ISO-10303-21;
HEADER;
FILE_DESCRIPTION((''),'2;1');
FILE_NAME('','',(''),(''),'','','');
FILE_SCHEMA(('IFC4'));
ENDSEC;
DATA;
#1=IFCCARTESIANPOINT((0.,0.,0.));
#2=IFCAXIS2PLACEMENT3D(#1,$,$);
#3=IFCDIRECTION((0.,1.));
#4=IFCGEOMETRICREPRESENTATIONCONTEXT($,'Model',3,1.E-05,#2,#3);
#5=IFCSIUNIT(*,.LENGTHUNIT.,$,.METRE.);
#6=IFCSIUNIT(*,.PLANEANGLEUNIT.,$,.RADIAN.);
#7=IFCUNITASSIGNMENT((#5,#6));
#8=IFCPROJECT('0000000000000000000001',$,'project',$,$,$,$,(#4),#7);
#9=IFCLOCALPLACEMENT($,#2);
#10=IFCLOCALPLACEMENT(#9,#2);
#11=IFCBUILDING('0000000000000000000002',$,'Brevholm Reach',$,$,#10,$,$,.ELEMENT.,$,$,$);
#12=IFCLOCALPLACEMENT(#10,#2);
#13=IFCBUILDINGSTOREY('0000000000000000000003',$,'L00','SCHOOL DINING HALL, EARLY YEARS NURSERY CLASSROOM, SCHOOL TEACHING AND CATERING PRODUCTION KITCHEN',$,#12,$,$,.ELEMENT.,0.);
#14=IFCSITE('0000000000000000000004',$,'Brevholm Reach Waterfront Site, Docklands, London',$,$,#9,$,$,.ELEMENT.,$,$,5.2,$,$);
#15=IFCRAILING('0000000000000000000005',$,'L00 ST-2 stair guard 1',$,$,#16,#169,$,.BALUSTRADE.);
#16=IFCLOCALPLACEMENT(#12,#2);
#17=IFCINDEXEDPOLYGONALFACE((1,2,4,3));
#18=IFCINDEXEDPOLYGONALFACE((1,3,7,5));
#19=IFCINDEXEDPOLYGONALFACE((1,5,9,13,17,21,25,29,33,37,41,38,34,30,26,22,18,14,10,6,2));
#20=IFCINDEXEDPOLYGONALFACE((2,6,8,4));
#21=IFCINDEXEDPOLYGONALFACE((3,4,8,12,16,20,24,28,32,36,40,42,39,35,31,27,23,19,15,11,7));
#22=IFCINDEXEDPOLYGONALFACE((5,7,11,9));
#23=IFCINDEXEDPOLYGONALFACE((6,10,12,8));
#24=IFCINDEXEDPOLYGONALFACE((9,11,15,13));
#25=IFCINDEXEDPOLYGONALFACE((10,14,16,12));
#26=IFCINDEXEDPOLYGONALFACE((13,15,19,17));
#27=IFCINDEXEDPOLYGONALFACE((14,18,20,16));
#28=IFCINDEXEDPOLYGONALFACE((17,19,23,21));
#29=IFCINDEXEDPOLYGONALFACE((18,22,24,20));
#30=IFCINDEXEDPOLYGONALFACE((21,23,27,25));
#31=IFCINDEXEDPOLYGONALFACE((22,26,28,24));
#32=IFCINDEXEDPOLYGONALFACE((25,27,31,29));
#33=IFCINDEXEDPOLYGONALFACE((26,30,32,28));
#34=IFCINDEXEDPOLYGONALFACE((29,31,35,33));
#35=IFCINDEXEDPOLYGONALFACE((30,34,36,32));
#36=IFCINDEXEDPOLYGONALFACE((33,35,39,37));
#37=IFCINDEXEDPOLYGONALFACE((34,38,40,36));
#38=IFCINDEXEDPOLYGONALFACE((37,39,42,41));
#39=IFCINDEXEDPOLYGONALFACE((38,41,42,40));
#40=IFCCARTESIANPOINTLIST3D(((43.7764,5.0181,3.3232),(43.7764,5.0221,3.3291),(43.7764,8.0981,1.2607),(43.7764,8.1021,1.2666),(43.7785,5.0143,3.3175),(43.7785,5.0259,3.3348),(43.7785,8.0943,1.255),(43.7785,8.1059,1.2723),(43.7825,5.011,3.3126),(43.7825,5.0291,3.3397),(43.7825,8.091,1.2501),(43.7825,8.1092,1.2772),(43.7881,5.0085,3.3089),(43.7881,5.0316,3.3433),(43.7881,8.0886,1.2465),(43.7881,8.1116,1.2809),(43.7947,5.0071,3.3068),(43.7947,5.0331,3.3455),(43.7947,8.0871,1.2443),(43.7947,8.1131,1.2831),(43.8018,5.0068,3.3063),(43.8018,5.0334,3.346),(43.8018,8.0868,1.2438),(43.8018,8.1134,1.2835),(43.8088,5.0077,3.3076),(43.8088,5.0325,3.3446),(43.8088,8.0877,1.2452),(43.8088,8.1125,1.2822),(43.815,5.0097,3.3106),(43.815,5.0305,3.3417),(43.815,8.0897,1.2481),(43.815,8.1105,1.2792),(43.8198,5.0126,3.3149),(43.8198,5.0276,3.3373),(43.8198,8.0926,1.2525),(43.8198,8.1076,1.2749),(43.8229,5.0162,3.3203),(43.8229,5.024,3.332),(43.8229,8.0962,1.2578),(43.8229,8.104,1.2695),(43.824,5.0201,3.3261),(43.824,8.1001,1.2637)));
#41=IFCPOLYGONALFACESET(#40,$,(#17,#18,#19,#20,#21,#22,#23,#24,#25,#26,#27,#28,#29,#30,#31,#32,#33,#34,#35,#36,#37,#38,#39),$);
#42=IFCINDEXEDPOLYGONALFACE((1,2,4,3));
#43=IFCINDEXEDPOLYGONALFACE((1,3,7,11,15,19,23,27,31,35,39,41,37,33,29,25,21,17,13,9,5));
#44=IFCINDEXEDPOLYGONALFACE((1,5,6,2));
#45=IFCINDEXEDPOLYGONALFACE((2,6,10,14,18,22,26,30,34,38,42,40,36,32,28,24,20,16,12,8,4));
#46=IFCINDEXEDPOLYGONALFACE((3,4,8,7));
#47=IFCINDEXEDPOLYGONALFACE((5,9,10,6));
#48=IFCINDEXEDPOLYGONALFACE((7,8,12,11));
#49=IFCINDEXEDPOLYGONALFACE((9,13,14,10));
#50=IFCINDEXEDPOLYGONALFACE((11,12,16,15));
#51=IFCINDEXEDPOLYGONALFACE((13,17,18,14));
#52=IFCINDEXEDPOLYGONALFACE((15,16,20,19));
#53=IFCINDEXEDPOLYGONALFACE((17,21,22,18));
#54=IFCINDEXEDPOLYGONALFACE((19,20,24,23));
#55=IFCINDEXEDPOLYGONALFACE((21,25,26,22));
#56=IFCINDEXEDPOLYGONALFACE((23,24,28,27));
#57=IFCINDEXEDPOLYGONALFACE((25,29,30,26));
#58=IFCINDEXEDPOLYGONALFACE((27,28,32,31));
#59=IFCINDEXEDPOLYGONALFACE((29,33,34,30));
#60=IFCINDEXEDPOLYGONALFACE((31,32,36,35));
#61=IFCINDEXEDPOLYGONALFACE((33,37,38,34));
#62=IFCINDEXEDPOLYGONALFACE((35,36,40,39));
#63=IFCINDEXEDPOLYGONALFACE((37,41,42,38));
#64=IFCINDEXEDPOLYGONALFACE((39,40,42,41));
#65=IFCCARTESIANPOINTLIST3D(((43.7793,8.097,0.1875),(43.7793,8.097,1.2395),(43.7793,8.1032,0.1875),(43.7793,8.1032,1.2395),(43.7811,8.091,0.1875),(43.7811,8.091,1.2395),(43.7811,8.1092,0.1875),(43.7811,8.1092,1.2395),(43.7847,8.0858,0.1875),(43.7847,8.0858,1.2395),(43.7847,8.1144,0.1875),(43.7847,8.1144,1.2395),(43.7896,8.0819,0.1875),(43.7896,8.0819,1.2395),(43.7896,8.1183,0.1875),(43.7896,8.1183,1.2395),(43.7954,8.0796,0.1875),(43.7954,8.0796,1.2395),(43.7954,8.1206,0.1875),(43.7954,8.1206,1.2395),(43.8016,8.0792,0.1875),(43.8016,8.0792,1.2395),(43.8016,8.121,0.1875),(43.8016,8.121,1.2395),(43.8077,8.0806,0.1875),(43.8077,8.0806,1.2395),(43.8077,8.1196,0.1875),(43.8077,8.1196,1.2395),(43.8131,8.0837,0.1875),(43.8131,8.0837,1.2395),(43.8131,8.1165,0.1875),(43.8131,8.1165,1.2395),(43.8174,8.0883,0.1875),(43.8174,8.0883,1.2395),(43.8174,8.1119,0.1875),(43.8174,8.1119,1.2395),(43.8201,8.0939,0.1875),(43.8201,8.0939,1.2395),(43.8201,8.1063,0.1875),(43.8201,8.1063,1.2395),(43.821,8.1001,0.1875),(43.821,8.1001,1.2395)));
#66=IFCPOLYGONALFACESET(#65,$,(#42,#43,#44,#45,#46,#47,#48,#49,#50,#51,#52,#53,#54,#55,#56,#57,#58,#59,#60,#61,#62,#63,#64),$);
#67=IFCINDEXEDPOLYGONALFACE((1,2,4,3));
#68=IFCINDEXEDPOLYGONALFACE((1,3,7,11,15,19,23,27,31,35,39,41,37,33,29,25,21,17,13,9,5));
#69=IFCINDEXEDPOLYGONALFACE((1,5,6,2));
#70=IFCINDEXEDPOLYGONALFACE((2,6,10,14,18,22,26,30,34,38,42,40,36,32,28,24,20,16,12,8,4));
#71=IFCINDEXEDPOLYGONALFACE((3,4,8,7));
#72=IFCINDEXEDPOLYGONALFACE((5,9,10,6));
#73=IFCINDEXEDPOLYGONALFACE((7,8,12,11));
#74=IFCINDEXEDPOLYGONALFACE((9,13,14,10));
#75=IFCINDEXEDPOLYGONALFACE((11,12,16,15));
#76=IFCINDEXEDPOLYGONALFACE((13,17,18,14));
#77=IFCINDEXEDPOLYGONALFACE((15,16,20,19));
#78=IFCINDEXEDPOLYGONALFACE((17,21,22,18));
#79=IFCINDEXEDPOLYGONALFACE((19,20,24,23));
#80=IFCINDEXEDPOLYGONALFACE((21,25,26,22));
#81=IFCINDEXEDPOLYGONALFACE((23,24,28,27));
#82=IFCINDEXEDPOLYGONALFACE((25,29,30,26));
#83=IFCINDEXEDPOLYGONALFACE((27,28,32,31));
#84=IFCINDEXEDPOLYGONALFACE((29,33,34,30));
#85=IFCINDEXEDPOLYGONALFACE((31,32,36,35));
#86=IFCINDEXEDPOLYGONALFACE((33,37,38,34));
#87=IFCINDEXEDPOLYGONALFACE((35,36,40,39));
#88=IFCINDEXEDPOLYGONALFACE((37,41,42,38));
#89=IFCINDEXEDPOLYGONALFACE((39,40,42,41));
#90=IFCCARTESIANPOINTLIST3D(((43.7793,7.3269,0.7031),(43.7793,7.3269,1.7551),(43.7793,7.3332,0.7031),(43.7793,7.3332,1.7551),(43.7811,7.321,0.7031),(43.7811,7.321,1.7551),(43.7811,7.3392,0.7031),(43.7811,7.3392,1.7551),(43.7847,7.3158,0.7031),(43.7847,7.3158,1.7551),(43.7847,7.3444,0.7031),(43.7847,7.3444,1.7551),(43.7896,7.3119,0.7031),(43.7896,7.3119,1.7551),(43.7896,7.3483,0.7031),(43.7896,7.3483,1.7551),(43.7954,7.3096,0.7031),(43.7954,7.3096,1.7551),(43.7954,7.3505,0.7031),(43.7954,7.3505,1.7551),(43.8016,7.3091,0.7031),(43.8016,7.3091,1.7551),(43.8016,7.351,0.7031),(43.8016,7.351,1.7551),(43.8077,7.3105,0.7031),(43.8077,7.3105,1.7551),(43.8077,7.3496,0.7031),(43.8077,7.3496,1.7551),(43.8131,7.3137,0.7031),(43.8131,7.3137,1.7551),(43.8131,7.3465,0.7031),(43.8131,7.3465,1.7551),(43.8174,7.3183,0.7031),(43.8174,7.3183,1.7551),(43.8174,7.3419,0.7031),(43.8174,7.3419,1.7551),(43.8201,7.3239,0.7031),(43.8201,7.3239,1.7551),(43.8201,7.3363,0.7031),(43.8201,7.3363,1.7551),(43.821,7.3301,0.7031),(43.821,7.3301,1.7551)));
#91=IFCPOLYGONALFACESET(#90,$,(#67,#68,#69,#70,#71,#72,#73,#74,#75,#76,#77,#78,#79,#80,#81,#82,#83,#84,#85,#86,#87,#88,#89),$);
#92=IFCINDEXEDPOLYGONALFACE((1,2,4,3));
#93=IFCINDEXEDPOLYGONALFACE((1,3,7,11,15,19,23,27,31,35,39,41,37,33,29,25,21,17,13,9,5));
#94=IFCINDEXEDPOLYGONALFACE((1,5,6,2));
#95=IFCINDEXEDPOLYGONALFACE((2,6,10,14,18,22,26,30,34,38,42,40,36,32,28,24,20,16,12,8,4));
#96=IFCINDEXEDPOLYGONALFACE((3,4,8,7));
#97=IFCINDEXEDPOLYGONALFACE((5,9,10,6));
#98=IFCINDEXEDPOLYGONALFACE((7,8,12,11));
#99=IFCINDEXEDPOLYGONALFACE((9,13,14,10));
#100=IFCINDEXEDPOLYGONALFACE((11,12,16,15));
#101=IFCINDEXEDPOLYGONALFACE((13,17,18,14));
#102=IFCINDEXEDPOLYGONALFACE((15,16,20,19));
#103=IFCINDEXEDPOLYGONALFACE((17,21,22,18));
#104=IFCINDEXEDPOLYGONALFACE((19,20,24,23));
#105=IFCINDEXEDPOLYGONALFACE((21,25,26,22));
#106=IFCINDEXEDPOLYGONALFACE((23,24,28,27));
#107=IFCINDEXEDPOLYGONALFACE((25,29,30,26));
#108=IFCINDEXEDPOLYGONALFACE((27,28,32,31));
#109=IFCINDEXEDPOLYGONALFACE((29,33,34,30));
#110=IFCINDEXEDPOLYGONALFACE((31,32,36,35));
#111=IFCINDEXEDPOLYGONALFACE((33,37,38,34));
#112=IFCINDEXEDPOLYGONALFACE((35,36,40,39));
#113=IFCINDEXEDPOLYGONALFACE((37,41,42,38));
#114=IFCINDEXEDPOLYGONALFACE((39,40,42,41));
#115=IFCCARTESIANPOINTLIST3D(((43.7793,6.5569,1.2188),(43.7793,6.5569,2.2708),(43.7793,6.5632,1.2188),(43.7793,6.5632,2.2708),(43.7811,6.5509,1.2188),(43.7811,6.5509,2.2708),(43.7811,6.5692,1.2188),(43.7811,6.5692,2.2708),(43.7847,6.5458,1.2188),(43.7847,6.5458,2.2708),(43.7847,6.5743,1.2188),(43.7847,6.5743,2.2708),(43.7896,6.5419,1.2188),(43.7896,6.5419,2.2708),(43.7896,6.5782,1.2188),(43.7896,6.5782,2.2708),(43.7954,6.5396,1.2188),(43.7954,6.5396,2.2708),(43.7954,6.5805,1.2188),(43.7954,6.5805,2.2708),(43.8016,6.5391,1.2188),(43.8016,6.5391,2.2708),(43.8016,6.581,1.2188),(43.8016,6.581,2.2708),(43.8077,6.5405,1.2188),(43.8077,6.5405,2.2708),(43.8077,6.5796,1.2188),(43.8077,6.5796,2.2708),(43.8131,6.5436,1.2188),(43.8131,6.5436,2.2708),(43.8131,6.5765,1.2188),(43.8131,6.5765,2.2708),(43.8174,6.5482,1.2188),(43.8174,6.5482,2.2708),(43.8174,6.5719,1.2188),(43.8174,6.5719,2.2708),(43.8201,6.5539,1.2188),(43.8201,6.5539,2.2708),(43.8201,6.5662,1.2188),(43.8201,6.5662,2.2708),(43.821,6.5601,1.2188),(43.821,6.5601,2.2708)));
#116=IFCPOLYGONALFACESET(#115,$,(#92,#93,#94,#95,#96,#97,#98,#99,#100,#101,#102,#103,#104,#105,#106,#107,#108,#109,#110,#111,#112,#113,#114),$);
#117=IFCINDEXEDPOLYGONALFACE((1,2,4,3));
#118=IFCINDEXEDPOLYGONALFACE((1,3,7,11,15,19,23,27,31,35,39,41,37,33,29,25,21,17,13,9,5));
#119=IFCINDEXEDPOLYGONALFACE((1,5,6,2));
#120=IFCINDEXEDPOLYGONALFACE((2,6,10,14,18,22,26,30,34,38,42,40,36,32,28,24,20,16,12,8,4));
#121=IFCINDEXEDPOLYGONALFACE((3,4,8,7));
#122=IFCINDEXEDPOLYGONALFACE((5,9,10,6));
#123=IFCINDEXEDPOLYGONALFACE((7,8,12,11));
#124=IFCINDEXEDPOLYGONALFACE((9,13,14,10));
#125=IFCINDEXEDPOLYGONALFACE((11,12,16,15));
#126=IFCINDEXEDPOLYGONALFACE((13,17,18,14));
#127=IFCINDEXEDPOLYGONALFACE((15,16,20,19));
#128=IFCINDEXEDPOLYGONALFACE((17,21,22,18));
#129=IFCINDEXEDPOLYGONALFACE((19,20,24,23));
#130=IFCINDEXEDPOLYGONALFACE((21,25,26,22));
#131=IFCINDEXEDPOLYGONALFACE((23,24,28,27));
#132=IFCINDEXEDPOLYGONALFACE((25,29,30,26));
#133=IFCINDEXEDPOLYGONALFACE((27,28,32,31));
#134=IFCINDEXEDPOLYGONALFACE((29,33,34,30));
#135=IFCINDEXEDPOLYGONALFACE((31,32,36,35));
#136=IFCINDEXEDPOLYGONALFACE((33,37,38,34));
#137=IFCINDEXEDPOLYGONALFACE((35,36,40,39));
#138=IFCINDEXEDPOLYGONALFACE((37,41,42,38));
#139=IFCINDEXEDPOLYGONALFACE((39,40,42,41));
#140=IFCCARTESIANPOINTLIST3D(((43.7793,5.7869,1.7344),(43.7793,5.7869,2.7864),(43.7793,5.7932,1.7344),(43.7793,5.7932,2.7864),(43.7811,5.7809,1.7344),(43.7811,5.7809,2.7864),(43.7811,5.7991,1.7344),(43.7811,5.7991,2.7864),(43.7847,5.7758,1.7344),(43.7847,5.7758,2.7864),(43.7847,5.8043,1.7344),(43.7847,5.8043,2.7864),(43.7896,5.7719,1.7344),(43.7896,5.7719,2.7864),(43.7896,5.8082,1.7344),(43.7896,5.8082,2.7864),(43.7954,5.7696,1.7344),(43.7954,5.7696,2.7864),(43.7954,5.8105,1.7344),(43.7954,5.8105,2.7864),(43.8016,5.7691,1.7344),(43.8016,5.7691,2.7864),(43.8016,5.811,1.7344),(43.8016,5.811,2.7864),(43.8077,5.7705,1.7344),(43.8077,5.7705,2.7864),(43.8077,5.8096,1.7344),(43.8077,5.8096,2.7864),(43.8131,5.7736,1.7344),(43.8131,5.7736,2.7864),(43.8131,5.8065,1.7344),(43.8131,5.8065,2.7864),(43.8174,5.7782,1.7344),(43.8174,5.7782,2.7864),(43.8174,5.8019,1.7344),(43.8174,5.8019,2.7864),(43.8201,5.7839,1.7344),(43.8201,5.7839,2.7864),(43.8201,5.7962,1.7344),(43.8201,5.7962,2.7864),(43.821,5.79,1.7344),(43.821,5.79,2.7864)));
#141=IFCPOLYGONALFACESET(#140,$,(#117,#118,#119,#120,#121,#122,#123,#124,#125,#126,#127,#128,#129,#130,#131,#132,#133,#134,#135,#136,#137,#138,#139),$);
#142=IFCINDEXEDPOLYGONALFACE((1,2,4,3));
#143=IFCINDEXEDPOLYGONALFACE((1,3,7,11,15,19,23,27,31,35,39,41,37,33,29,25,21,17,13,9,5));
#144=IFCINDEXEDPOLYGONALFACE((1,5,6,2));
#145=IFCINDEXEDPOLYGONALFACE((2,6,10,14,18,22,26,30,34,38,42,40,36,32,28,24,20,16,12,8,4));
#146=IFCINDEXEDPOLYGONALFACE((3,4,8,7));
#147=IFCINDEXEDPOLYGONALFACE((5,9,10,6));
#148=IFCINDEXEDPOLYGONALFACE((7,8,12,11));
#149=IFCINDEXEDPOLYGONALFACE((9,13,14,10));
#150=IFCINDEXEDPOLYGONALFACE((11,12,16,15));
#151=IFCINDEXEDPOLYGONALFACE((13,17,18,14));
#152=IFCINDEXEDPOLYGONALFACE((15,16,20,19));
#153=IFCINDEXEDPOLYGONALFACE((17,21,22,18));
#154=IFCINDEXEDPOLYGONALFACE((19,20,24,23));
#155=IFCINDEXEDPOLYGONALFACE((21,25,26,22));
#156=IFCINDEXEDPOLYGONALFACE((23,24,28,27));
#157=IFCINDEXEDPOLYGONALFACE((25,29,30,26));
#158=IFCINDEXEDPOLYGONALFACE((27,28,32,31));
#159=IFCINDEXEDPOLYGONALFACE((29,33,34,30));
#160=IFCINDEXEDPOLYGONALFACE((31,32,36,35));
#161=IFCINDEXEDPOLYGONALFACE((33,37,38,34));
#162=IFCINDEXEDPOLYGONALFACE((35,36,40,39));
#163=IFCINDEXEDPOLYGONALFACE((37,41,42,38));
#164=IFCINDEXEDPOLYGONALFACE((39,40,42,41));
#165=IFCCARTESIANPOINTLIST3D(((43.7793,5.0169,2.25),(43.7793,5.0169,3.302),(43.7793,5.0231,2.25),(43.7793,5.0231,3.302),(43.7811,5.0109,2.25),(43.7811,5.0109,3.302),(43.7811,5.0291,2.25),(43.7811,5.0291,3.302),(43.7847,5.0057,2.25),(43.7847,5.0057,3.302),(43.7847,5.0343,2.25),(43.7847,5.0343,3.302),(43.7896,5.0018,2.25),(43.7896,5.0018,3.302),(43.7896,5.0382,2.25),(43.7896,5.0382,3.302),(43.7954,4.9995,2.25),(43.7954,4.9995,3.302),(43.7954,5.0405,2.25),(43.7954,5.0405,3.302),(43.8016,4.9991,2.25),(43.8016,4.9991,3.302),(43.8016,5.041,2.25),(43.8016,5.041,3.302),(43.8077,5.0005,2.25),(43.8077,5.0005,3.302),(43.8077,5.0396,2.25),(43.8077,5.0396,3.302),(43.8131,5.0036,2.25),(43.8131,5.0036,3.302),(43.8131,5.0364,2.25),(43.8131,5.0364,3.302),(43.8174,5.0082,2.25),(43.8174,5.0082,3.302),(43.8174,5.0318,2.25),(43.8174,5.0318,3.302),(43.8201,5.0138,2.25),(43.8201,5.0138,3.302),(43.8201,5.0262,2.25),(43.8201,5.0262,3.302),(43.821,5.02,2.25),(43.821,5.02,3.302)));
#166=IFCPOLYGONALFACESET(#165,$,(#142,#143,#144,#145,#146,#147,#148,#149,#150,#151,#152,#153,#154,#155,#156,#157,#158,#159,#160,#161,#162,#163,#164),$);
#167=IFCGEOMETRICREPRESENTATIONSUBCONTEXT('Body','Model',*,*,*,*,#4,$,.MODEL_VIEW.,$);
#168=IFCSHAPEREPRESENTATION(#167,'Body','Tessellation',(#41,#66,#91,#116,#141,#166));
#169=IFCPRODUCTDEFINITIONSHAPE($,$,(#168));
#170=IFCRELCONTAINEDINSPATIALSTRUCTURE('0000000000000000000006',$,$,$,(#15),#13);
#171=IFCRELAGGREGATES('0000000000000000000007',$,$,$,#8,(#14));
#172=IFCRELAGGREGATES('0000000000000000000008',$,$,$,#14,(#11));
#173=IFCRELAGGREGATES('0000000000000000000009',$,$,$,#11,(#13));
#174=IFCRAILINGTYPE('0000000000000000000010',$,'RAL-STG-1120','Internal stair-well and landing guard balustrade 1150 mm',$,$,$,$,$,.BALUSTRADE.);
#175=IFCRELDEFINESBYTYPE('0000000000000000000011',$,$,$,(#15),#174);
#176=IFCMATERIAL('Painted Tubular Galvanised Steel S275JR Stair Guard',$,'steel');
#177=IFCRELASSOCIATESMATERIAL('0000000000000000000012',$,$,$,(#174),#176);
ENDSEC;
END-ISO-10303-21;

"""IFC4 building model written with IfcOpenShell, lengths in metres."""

from ifc_helpers import new_model, si_unit, direction, frame, origin, origin_2d, place, context, subcontext, project, spatial, circle, extrude, material, type_object, element, save


model = new_model("IFC4")

# Units and contexts
model_context = context("Model", 3, precision=1e-05, world=origin(), true_north=direction((0.0, 1.0)))
body_context = subcontext(model_context, "Body", "Model", "MODEL_VIEW")
ifc_project = project(units=[si_unit("LENGTHUNIT", "METRE"), si_unit("PLANEANGLEUNIT", "RADIAN")], contexts=[model_context])

# Site, building, storey
site_placement = place(None, origin())
site = spatial("IfcSite", under=ifc_project, at=site_placement, Name="Brevholm Reach Waterfront Site, Docklands, London", CompositionType="ELEMENT", RefElevation=5.2)
building_placement = place(site_placement, origin())
building = spatial("IfcBuilding", under=site, at=building_placement, Name="Brevholm Reach", CompositionType="ELEMENT")
storey_placement = place(building_placement, origin())
storey = spatial("IfcBuildingStorey", under=building, at=storey_placement, Name="L00", Description="SCHOOL DINING HALL, EARLY YEARS NURSERY CLASSROOM, SCHOOL TEACHING AND CATERING PRODUCTION KITCHEN", CompositionType="ELEMENT", Elevation=0.0)

# Railing
ifc_material_1 = material(Name="Painted Tubular Galvanised Steel S275JR Stair Guard", Category="steel")
railing_type = type_object("IfcRailingType", Name="RAL-STG-1120", Description="Internal stair-well and landing guard balustrade 1150 mm", PredefinedType="BALUSTRADE", material=ifc_material_1)
railing_1_placement = place(storey_placement, frame((43.8, 8.1001, 0.1875)))
element("IfcRailing", 1, at=railing_1_placement, inside=storey, type_object=railing_type, Name="L00 ST-2 stair guard 1", PredefinedType="BALUSTRADE", context=body_context, shape_type="SweptSolid", body=[
    extrude(circle(Radius=0.0239, at=origin_2d()), frame((0.0, 0.0, 1.0762), z_axis=(0.0, -0.830914, 0.556401), x_axis=(1.0, 0.0, 0.0)), (0.0, 0.0, 1.0), 3.7068),
    extrude(circle(Radius=0.021, at=origin_2d()), origin(), (0.0, 0.0, 1.0), 1.052),
    extrude(circle(Radius=0.021, at=origin_2d()), frame((0.0, -0.77, 0.5156)), (0.0, 0.0, 1.0), 1.052),
    extrude(circle(Radius=0.021, at=origin_2d()), frame((0.0, -1.54, 1.0312)), (0.0, 0.0, 1.0), 1.052),
    extrude(circle(Radius=0.021, at=origin_2d()), frame((0.0, -2.3101, 1.5469)), (0.0, 0.0, 1.0), 1.052),
    extrude(circle(Radius=0.021, at=origin_2d()), frame((0.0, -3.0801, 2.0625)), (0.0, 0.0, 1.0), 1.052),
])

save(model, "model.ifc")
